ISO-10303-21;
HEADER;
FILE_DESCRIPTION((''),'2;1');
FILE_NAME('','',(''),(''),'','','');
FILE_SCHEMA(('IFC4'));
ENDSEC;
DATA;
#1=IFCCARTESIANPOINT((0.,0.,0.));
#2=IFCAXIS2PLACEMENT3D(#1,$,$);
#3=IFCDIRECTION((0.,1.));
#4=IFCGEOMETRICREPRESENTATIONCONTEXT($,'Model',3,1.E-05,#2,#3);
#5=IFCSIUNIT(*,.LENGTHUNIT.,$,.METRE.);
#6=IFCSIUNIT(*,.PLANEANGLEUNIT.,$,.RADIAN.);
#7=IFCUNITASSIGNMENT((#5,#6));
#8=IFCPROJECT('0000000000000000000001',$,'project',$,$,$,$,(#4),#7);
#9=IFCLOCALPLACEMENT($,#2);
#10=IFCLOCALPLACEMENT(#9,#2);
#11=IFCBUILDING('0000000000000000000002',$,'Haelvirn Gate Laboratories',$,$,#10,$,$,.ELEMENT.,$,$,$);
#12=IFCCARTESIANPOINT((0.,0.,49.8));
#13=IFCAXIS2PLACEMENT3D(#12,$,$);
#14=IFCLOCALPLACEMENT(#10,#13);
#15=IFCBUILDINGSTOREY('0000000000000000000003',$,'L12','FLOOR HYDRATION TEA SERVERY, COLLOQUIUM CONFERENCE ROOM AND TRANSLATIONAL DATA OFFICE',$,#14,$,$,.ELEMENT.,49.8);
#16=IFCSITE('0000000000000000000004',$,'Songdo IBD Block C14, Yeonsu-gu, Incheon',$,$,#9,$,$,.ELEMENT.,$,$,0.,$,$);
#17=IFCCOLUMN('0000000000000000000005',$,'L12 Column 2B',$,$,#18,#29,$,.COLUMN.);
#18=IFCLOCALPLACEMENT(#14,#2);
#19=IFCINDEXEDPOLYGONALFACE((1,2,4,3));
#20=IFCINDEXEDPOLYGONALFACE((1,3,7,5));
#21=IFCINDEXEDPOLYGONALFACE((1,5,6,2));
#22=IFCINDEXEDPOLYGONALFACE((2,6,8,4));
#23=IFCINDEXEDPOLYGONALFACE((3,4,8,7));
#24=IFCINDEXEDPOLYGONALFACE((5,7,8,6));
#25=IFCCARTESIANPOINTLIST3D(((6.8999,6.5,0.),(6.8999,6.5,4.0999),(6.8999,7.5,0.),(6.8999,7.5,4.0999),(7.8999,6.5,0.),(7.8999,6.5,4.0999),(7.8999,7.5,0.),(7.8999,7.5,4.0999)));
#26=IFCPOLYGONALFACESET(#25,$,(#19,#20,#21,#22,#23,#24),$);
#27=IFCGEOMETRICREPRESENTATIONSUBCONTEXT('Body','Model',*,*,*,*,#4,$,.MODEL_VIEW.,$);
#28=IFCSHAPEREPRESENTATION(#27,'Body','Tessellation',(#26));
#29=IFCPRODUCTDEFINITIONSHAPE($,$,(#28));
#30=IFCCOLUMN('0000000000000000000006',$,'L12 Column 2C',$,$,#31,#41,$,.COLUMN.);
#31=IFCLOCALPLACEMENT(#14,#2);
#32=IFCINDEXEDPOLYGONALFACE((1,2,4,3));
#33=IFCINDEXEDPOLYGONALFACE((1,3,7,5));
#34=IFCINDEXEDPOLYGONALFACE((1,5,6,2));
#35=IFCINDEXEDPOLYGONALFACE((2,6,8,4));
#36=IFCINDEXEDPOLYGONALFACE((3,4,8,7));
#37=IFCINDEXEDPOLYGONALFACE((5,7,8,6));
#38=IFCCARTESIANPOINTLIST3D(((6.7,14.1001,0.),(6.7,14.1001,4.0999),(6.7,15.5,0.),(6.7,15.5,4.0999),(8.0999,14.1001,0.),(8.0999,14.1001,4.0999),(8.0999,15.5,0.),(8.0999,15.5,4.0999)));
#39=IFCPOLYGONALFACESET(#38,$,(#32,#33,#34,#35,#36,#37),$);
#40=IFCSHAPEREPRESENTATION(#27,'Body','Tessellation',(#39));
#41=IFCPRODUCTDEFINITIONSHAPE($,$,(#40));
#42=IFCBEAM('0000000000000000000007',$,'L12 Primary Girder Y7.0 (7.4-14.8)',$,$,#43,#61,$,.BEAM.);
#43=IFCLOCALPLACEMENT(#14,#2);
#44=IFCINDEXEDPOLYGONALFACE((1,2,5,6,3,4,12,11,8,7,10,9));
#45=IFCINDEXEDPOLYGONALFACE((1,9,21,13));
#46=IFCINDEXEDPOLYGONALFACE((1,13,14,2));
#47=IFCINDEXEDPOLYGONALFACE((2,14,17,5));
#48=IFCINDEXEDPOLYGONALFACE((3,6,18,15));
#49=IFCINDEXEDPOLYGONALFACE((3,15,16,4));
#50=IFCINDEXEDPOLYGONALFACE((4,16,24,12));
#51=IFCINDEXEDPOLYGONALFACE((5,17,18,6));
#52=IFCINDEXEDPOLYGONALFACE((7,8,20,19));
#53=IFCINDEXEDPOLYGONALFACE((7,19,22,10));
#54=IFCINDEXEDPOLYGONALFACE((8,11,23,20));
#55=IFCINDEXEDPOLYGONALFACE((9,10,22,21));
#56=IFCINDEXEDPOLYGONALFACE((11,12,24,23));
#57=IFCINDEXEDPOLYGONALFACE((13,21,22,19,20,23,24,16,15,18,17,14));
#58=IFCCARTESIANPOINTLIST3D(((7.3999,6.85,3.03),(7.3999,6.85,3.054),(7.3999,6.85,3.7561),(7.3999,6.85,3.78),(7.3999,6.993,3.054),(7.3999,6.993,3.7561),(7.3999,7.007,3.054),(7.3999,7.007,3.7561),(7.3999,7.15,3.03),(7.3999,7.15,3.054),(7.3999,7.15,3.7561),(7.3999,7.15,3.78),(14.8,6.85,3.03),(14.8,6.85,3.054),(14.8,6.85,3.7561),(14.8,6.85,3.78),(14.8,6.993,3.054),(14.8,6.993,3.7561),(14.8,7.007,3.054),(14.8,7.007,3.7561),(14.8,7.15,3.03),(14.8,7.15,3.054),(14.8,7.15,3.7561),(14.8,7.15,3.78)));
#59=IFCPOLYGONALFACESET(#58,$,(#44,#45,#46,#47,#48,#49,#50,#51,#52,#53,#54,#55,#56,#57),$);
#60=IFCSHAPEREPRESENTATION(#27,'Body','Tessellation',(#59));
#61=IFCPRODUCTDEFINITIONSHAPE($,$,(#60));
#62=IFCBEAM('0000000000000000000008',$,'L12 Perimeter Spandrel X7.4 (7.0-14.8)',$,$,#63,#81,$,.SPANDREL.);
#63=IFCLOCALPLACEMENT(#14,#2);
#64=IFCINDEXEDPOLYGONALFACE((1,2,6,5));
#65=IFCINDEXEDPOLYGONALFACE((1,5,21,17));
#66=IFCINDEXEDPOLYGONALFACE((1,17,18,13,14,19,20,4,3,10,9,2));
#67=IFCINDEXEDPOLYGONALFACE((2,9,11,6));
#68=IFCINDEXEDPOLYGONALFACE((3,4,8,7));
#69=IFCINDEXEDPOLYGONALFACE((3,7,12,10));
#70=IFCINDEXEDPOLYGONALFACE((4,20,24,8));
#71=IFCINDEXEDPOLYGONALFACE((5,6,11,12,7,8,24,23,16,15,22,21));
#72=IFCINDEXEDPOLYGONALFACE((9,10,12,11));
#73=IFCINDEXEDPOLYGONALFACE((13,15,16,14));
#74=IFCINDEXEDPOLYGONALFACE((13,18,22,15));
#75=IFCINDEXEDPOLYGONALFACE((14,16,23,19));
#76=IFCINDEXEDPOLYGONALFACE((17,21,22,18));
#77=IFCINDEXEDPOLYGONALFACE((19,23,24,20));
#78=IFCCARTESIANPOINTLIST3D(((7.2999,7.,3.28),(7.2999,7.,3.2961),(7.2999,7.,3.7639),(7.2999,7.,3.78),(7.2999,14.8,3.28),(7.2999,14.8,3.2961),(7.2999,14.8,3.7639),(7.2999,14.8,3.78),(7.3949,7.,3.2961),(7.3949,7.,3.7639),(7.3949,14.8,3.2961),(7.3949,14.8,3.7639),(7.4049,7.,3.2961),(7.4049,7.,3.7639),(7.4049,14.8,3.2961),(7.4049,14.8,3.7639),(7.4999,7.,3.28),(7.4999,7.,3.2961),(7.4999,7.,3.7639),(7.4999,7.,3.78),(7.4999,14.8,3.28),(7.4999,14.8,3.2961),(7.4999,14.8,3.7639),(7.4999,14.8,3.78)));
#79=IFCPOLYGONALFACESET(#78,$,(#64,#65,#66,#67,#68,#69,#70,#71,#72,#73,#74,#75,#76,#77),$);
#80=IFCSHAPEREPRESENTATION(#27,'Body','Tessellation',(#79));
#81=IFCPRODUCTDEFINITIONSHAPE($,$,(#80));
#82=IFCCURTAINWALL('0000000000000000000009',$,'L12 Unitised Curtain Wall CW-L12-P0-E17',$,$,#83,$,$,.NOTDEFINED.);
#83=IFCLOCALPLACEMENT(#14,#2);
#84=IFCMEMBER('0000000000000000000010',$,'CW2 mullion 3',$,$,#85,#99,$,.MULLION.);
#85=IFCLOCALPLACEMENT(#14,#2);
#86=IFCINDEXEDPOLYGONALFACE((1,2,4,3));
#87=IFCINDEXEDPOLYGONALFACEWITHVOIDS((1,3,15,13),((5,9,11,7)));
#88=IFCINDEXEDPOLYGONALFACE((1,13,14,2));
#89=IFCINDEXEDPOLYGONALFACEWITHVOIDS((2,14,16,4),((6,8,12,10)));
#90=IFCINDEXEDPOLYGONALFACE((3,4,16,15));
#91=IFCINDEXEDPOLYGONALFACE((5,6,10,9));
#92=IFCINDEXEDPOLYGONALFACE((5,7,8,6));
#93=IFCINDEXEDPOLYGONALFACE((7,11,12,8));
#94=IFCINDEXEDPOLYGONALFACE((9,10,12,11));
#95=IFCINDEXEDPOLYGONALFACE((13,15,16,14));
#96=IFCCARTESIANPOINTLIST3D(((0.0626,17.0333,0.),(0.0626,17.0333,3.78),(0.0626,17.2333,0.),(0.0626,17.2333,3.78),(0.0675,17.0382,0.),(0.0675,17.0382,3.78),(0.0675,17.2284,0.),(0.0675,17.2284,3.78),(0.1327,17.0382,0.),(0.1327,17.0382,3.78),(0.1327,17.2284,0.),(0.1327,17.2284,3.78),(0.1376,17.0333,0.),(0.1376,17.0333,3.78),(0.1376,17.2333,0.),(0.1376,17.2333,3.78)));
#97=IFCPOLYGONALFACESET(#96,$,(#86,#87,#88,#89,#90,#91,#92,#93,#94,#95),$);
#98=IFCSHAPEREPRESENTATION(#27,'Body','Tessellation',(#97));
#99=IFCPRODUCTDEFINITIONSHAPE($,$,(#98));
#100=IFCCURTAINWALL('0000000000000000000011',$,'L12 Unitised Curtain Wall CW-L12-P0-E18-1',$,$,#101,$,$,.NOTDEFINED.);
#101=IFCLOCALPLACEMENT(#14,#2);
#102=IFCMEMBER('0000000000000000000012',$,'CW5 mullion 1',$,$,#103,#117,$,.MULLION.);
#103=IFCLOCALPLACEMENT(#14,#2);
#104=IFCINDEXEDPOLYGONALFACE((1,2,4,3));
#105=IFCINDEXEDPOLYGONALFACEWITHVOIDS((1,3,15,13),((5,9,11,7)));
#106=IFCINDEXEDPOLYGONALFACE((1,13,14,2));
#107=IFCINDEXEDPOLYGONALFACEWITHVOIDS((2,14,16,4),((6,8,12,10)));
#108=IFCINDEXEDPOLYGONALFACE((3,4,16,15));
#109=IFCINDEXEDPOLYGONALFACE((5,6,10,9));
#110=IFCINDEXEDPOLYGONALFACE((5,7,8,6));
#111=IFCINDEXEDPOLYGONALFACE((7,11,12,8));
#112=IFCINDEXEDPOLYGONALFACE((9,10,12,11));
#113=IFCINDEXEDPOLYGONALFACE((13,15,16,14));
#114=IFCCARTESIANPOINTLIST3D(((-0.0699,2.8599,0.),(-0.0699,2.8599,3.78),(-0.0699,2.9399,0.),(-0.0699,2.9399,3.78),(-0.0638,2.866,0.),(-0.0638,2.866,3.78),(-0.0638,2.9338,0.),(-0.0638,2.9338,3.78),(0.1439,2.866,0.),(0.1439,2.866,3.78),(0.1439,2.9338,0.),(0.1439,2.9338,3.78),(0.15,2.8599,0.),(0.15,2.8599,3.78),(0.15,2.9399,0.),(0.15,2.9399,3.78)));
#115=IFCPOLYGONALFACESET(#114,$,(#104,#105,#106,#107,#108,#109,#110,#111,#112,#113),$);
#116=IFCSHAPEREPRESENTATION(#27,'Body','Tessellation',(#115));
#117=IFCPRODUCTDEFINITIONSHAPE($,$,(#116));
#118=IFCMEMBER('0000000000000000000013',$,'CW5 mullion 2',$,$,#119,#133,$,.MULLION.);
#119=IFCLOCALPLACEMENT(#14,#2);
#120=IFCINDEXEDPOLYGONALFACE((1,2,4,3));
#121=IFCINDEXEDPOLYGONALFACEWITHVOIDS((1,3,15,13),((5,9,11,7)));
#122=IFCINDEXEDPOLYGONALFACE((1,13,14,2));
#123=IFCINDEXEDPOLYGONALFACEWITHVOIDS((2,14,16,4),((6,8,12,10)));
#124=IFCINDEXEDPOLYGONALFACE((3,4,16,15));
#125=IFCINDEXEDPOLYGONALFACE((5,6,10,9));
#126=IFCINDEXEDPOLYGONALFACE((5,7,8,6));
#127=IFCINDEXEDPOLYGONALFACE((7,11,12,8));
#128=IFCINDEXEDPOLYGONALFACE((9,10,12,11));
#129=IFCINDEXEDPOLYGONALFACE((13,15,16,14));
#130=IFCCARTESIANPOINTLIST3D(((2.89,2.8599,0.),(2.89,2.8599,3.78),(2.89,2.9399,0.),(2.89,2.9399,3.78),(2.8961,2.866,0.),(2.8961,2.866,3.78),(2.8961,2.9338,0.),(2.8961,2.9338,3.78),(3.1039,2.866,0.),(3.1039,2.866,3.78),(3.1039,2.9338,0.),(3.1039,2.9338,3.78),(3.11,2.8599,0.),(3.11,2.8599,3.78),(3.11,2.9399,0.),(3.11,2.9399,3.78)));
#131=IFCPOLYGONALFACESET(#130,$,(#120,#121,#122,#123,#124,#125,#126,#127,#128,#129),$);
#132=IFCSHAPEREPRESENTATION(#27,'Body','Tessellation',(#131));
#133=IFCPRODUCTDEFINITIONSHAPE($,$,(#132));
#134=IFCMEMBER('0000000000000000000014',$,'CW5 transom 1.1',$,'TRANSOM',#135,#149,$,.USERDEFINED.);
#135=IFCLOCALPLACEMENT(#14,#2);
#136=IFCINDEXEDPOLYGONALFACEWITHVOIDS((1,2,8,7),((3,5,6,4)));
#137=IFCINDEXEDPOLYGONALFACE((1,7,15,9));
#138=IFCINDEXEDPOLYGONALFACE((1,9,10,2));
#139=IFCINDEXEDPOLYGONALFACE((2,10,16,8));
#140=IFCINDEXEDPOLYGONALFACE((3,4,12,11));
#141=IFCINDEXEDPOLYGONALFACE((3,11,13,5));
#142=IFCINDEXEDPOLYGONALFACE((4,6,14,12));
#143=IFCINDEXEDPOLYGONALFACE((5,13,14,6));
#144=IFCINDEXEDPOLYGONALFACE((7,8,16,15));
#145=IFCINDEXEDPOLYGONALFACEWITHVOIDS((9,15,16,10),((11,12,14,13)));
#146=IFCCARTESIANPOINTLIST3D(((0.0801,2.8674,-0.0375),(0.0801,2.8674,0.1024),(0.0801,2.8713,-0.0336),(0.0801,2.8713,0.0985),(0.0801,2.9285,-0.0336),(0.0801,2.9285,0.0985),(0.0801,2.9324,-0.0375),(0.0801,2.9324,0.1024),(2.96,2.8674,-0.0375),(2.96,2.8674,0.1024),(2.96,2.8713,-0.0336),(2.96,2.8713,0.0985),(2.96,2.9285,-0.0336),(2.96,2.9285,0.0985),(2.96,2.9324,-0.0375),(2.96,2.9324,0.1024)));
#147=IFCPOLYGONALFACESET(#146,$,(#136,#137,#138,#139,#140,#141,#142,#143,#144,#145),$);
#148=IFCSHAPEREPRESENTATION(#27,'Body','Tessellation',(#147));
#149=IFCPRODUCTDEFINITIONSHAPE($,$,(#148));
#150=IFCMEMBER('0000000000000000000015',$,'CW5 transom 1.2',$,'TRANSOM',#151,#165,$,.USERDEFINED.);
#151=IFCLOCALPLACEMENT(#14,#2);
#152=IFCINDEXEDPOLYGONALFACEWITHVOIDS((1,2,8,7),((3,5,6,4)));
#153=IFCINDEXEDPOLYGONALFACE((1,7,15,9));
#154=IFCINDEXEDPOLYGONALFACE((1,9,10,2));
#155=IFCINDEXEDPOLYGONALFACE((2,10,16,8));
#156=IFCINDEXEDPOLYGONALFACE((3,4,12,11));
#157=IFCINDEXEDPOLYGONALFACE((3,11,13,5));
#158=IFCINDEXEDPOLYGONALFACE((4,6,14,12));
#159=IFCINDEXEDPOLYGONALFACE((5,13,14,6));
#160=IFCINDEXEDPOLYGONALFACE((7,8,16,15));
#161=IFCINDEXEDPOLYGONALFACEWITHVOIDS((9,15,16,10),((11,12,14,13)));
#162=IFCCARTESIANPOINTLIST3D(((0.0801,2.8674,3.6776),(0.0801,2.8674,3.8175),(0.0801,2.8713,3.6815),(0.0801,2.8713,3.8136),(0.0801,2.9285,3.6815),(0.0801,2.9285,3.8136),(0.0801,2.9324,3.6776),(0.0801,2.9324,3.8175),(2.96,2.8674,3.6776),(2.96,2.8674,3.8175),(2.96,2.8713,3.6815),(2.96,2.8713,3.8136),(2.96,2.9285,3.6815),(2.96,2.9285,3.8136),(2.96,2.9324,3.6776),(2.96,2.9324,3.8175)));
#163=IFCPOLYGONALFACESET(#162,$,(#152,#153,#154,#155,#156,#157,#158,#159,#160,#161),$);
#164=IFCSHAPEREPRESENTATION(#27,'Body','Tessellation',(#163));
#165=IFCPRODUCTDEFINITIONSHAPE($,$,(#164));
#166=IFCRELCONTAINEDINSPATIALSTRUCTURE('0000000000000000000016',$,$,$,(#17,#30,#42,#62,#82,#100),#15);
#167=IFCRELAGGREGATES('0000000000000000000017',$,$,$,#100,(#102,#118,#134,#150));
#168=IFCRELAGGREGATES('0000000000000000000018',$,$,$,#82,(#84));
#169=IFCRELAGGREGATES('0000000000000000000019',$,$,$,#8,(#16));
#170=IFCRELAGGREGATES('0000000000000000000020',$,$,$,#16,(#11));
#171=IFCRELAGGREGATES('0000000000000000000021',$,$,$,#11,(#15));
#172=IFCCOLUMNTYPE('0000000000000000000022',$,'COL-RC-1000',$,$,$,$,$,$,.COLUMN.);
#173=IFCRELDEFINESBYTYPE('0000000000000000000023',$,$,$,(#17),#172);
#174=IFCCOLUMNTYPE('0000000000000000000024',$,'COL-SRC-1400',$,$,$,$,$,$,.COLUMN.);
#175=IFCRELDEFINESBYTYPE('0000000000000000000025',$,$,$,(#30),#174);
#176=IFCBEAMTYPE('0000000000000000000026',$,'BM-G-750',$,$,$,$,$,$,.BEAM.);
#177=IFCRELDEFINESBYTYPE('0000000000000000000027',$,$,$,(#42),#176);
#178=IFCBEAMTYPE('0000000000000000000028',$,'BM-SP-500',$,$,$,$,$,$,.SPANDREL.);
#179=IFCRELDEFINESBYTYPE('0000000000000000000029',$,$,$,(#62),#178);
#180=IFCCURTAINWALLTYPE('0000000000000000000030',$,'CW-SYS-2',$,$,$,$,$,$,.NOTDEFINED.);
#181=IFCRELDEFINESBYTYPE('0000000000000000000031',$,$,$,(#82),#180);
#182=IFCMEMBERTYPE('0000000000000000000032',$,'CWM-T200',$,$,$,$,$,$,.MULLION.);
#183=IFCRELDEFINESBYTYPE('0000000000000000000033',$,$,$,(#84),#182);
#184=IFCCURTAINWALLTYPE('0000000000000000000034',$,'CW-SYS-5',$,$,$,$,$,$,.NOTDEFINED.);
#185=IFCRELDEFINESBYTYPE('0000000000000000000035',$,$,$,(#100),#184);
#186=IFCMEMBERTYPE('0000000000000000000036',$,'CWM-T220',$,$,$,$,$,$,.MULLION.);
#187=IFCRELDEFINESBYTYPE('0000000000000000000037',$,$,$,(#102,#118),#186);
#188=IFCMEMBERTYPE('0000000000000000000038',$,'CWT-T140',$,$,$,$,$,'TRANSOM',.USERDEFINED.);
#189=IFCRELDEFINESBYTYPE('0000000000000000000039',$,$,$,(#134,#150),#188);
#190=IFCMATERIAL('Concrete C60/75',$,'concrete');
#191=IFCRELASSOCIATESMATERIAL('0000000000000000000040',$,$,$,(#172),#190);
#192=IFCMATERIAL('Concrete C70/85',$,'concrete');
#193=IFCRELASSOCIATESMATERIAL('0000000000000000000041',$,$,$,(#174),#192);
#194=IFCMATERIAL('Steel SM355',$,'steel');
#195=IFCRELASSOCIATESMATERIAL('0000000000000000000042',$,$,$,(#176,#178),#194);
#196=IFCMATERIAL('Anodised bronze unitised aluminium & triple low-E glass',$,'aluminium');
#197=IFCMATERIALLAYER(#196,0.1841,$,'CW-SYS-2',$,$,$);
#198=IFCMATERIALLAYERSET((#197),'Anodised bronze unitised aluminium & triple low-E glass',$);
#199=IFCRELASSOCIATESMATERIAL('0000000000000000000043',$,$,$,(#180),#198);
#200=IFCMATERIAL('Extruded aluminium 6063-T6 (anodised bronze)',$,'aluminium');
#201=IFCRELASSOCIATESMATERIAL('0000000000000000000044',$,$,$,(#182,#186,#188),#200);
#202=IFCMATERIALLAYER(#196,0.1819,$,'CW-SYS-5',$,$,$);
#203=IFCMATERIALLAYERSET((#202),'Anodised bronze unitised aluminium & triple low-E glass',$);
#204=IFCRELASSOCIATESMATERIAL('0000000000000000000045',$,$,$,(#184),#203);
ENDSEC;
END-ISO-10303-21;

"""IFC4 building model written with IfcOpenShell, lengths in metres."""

from ifc_helpers import new_model, si_unit, direction, frame, origin, origin_2d, place, context, subcontext, project, spatial, rectangle, hollow_rectangle, i_section, extrude, source, transform, mapped, material, layer, layer_set, material_profile, profile_set, type_object, type_shapes, element, aggregate, save


model = new_model("IFC4")

# Units and contexts
model_context = context("Model", 3, precision=1e-05, world=origin(), true_north=direction((0.0, 1.0)))
body_context = subcontext(model_context, "Body", "Model", "MODEL_VIEW")
ifc_project = project(units=[si_unit("LENGTHUNIT", "METRE"), si_unit("PLANEANGLEUNIT", "RADIAN")], contexts=[model_context])

# Site, building, storey
site_placement = place(None, origin())
site = spatial("IfcSite", under=ifc_project, at=site_placement, Name="Songdo IBD Block C14, Yeonsu-gu, Incheon", CompositionType="ELEMENT", RefElevation=0.0)
building_placement = place(site_placement, origin())
building = spatial("IfcBuilding", under=site, at=building_placement, Name="Haelvirn Gate Laboratories", CompositionType="ELEMENT")
storey_placement = place(building_placement, frame((0.0, 0.0, 49.8)))
storey = spatial("IfcBuildingStorey", under=building, at=storey_placement, Name="L12", Description="FLOOR HYDRATION TEA SERVERY, COLLOQUIUM CONFERENCE ROOM AND TRANSLATIONAL DATA OFFICE", CompositionType="ELEMENT", Elevation=49.8)

# Columns
ifc_material_1 = material(Name="Concrete C60/75", Category="concrete")
ifc_material_profile_1 = material_profile(ifc_material_1, rectangle(XDim=1.0, YDim=1.0, at=origin_2d()), Name="RC-1000x1000")
ifc_profile_set_1 = profile_set([ifc_material_profile_1], Name="Concrete C60/75")
column_type_1 = type_object("IfcColumnType", Name="COL-RC-1000", PredefinedType="COLUMN", material=ifc_profile_set_1)
shared_shape_1 = source(origin(), body_context, "Body", "SweptSolid", [
    extrude(rectangle(XDim=1.0, YDim=1.0, at=origin_2d()), origin(), (0.0, 0.0, 1.0), 4.0999),
])
type_shapes(column_type_1, [shared_shape_1])
column_1_placement = place(storey_placement, frame((7.3999, 7.0, 0.0), z_axis=(0.0, 0.0, 1.0), x_axis=(1.0, 0.0, 0.0)))
element("IfcColumn", 1, at=column_1_placement, inside=storey, type_object=column_type_1, Name="L12 Column 2B", PredefinedType="COLUMN", context=body_context, shape_type="MappedRepresentation", body=[
    mapped(shared_shape_1, transform((0.0, 0.0, 0.0), scale=1.0)),
])
ifc_material_2 = material(Name="Concrete C70/85", Category="concrete")
ifc_material_profile_2 = material_profile(ifc_material_2, rectangle(XDim=1.3999, YDim=1.3999, at=origin_2d()), Name="SRC-1400x1400")
ifc_profile_set_2 = profile_set([ifc_material_profile_2], Name="Concrete C70/85")
column_type_2 = type_object("IfcColumnType", Name="COL-SRC-1400", PredefinedType="COLUMN", material=ifc_profile_set_2)
shared_shape_2 = source(origin(), body_context, "Body", "SweptSolid", [
    extrude(rectangle(XDim=1.3999, YDim=1.3999, at=origin_2d()), origin(), (0.0, 0.0, 1.0), 4.0999),
])
type_shapes(column_type_2, [shared_shape_2])
column_2_placement = place(storey_placement, frame((7.3999, 14.8, 0.0), z_axis=(0.0, 0.0, 1.0), x_axis=(1.0, 0.0, 0.0)))
element("IfcColumn", 2, at=column_2_placement, inside=storey, type_object=column_type_2, Name="L12 Column 2C", PredefinedType="COLUMN", context=body_context, shape_type="MappedRepresentation", body=[
    mapped(shared_shape_2, transform((0.0, 0.0, 0.0), scale=1.0)),
])

# Beams
ifc_material_3 = material(Name="Steel SM355", Category="steel")
ifc_material_profile_3 = material_profile(ifc_material_3, i_section(OverallWidth=0.3, OverallDepth=0.75, WebThickness=0.0139, FlangeThickness=0.0239, at=origin_2d()), Name="H-750x300x14x24")
ifc_profile_set_3 = profile_set([ifc_material_profile_3], Name="Steel SM355")
beam_type_1 = type_object("IfcBeamType", Name="BM-G-750", PredefinedType="BEAM", material=ifc_profile_set_3)
shared_shape_3 = source(origin(), body_context, "Body", "SweptSolid", [
    extrude(i_section(OverallWidth=0.3, OverallDepth=0.75, WebThickness=0.0139, FlangeThickness=0.0239, at=origin_2d()), origin(), (0.0, 0.0, 1.0), 7.4001),
])
type_shapes(beam_type_1, [shared_shape_3])
beam_1_placement = place(storey_placement, frame((7.3999, 7.0, 3.405), z_axis=(1.0, 0.0, 0.0), x_axis=(0.0, 1.0, 0.0)))
element("IfcBeam", 3, at=beam_1_placement, inside=storey, type_object=beam_type_1, Name="L12 Primary Girder Y7.0 (7.4-14.8)", PredefinedType="BEAM", context=body_context, shape_type="MappedRepresentation", body=[
    mapped(shared_shape_3, transform((0.0, 0.0, 0.0), scale=1.0)),
])
ifc_material_profile_4 = material_profile(ifc_material_3, i_section(OverallWidth=0.2, OverallDepth=0.5, WebThickness=0.01, FlangeThickness=0.0161, at=origin_2d()), Name="H-500x200x10x16")
ifc_profile_set_4 = profile_set([ifc_material_profile_4], Name="Steel SM355")
beam_type_2 = type_object("IfcBeamType", Name="BM-SP-500", PredefinedType="SPANDREL", material=ifc_profile_set_4)
shared_shape_4 = source(origin(), body_context, "Body", "SweptSolid", [
    extrude(i_section(OverallWidth=0.2, OverallDepth=0.5, WebThickness=0.01, FlangeThickness=0.0161, at=origin_2d()), origin(), (0.0, 0.0, 1.0), 7.8),
])
type_shapes(beam_type_2, [shared_shape_4])
beam_2_placement = place(storey_placement, frame((7.3999, 7.0, 3.53), z_axis=(0.0, 1.0, 0.0), x_axis=(-1.0, 0.0, 0.0)))
element("IfcBeam", 4, at=beam_2_placement, inside=storey, type_object=beam_type_2, Name="L12 Perimeter Spandrel X7.4 (7.0-14.8)", PredefinedType="SPANDREL", context=body_context, shape_type="MappedRepresentation", body=[
    mapped(shared_shape_4, transform((0.0, 0.0, 0.0), scale=1.0)),
])

# Curtain wall, member
ifc_material_4 = material(Name="Anodised bronze unitised aluminium & triple low-E glass", Category="aluminium")
ifc_layer_1 = layer(ifc_material_4, 0.1841, Name="CW-SYS-2")
ifc_layer_set_1 = layer_set([ifc_layer_1], Name="Anodised bronze unitised aluminium & triple low-E glass")
curtain_wall_type_1 = type_object("IfcCurtainWallType", Name="CW-SYS-2", PredefinedType="NOTDEFINED", material=ifc_layer_set_1)
curtain_wall_1_placement = place(storey_placement, origin())
curtain_wall_1 = element("IfcCurtainWall", 5, at=curtain_wall_1_placement, inside=storey, type_object=curtain_wall_type_1, Name="L12 Unitised Curtain Wall CW-L12-P0-E17", PredefinedType="NOTDEFINED")
ifc_material_5 = material(Name="Extruded aluminium 6063-T6 (anodised bronze)", Category="aluminium")
ifc_material_profile_5 = material_profile(ifc_material_5, hollow_rectangle(XDim=0.075, YDim=0.2, WallThickness=0.0049, at=origin_2d()), Name="CWM-200x75x5")
ifc_profile_set_5 = profile_set([ifc_material_profile_5], Name="Extruded aluminium 6063-T6 (anodised bronze)")
member_type_1 = type_object("IfcMemberType", Name="CWM-T200", PredefinedType="MULLION", material=ifc_profile_set_5)
shared_shape_5 = source(origin(), body_context, "Body", "SweptSolid", [
    extrude(hollow_rectangle(XDim=0.075, YDim=0.2, WallThickness=0.0049, at=origin_2d()), origin(), (0.0, 0.0, 1.0), 3.78),
])
type_shapes(member_type_1, [shared_shape_5])
member_1_placement = place(storey_placement, frame((0.1001, 17.1333, 0.0), z_axis=(0.0, 0.0, 1.0), x_axis=(1.0, 0.0, 0.0)))
member_1 = element("IfcMember", 6, at=member_1_placement, type_object=member_type_1, Name="CW2 mullion 3", PredefinedType="MULLION", context=body_context, shape_type="MappedRepresentation", body=[
    mapped(shared_shape_5, transform((0.0, 0.0, 0.0), scale=1.0)),
])

# Curtain wall, members
ifc_layer_2 = layer(ifc_material_4, 0.1819, Name="CW-SYS-5")
ifc_layer_set_2 = layer_set([ifc_layer_2], Name="Anodised bronze unitised aluminium & triple low-E glass")
curtain_wall_type_2 = type_object("IfcCurtainWallType", Name="CW-SYS-5", PredefinedType="NOTDEFINED", material=ifc_layer_set_2)
curtain_wall_2_placement = place(storey_placement, origin())
curtain_wall_2 = element("IfcCurtainWall", 7, at=curtain_wall_2_placement, inside=storey, type_object=curtain_wall_type_2, Name="L12 Unitised Curtain Wall CW-L12-P0-E18-1", PredefinedType="NOTDEFINED")
ifc_material_profile_6 = material_profile(ifc_material_5, hollow_rectangle(XDim=0.0801, YDim=0.22, WallThickness=0.0061, at=origin_2d()), Name="CWM-220x80x6")
ifc_profile_set_6 = profile_set([ifc_material_profile_6], Name="Extruded aluminium 6063-T6 (anodised bronze)")
member_type_2 = type_object("IfcMemberType", Name="CWM-T220", PredefinedType="MULLION", material=ifc_profile_set_6)
shared_shape_6 = source(origin(), body_context, "Body", "SweptSolid", [
    extrude(hollow_rectangle(XDim=0.0801, YDim=0.22, WallThickness=0.0061, at=origin_2d()), origin(), (0.0, 0.0, 1.0), 3.78),
])
type_shapes(member_type_2, [shared_shape_6])
member_2_placement = place(storey_placement, frame((0.04, 2.8999, 0.0), z_axis=(0.0, 0.0, 1.0), x_axis=(0.0, 1.0, 0.0)))
member_2 = element("IfcMember", 8, at=member_2_placement, type_object=member_type_2, Name="CW5 mullion 1", PredefinedType="MULLION", context=body_context, shape_type="MappedRepresentation", body=[
    mapped(shared_shape_6, transform((0.0, 0.0, 0.0), scale=1.0)),
])
member_3_placement = place(storey_placement, frame((3.0, 2.8999, 0.0), z_axis=(0.0, 0.0, 1.0), x_axis=(0.0, 1.0, 0.0)))
member_3 = element("IfcMember", 9, at=member_3_placement, type_object=member_type_2, Name="CW5 mullion 2", PredefinedType="MULLION", context=body_context, shape_type="MappedRepresentation", body=[
    mapped(shared_shape_6, transform((0.0, 0.0, 0.0), scale=1.0)),
])
ifc_material_profile_7 = material_profile(ifc_material_5, hollow_rectangle(XDim=0.0649, YDim=0.1399, WallThickness=0.0039, at=origin_2d()), Name="CWT-140x65x4")
ifc_profile_set_7 = profile_set([ifc_material_profile_7], Name="Extruded aluminium 6063-T6 (anodised bronze)")
member_type_3 = type_object("IfcMemberType", Name="CWT-T140", ElementType="TRANSOM", PredefinedType="USERDEFINED", material=ifc_profile_set_7)
shared_shape_7 = source(origin(), body_context, "Body", "SweptSolid", [
    extrude(hollow_rectangle(XDim=0.0649, YDim=0.1399, WallThickness=0.0039, at=origin_2d()), origin(), (0.0, 0.0, 1.0), 2.8799),
])
type_shapes(member_type_3, [shared_shape_7])
member_4_placement = place(storey_placement, frame((0.0801, 2.8999, 0.0325), z_axis=(1.0, 0.0, 0.0), x_axis=(0.0, 1.0, 0.0)))
member_4 = element("IfcMember", 10, at=member_4_placement, type_object=member_type_3, Name="CW5 transom 1.1", ObjectType="TRANSOM", PredefinedType="USERDEFINED", context=body_context, shape_type="MappedRepresentation", body=[
    mapped(shared_shape_7, transform((0.0, 0.0, 0.0), scale=1.0)),
])
member_5_placement = place(storey_placement, frame((0.0801, 2.8999, 3.7476), z_axis=(1.0, 0.0, 0.0), x_axis=(0.0, 1.0, 0.0)))
member_5 = element("IfcMember", 11, at=member_5_placement, type_object=member_type_3, Name="CW5 transom 1.2", ObjectType="TRANSOM", PredefinedType="USERDEFINED", context=body_context, shape_type="MappedRepresentation", body=[
    mapped(shared_shape_7, transform((0.0, 0.0, 0.0), scale=1.0)),
])

aggregate(curtain_wall_2, [member_2, member_3, member_4, member_5])
aggregate(curtain_wall_1, [member_1])

save(model, "model.ifc")
